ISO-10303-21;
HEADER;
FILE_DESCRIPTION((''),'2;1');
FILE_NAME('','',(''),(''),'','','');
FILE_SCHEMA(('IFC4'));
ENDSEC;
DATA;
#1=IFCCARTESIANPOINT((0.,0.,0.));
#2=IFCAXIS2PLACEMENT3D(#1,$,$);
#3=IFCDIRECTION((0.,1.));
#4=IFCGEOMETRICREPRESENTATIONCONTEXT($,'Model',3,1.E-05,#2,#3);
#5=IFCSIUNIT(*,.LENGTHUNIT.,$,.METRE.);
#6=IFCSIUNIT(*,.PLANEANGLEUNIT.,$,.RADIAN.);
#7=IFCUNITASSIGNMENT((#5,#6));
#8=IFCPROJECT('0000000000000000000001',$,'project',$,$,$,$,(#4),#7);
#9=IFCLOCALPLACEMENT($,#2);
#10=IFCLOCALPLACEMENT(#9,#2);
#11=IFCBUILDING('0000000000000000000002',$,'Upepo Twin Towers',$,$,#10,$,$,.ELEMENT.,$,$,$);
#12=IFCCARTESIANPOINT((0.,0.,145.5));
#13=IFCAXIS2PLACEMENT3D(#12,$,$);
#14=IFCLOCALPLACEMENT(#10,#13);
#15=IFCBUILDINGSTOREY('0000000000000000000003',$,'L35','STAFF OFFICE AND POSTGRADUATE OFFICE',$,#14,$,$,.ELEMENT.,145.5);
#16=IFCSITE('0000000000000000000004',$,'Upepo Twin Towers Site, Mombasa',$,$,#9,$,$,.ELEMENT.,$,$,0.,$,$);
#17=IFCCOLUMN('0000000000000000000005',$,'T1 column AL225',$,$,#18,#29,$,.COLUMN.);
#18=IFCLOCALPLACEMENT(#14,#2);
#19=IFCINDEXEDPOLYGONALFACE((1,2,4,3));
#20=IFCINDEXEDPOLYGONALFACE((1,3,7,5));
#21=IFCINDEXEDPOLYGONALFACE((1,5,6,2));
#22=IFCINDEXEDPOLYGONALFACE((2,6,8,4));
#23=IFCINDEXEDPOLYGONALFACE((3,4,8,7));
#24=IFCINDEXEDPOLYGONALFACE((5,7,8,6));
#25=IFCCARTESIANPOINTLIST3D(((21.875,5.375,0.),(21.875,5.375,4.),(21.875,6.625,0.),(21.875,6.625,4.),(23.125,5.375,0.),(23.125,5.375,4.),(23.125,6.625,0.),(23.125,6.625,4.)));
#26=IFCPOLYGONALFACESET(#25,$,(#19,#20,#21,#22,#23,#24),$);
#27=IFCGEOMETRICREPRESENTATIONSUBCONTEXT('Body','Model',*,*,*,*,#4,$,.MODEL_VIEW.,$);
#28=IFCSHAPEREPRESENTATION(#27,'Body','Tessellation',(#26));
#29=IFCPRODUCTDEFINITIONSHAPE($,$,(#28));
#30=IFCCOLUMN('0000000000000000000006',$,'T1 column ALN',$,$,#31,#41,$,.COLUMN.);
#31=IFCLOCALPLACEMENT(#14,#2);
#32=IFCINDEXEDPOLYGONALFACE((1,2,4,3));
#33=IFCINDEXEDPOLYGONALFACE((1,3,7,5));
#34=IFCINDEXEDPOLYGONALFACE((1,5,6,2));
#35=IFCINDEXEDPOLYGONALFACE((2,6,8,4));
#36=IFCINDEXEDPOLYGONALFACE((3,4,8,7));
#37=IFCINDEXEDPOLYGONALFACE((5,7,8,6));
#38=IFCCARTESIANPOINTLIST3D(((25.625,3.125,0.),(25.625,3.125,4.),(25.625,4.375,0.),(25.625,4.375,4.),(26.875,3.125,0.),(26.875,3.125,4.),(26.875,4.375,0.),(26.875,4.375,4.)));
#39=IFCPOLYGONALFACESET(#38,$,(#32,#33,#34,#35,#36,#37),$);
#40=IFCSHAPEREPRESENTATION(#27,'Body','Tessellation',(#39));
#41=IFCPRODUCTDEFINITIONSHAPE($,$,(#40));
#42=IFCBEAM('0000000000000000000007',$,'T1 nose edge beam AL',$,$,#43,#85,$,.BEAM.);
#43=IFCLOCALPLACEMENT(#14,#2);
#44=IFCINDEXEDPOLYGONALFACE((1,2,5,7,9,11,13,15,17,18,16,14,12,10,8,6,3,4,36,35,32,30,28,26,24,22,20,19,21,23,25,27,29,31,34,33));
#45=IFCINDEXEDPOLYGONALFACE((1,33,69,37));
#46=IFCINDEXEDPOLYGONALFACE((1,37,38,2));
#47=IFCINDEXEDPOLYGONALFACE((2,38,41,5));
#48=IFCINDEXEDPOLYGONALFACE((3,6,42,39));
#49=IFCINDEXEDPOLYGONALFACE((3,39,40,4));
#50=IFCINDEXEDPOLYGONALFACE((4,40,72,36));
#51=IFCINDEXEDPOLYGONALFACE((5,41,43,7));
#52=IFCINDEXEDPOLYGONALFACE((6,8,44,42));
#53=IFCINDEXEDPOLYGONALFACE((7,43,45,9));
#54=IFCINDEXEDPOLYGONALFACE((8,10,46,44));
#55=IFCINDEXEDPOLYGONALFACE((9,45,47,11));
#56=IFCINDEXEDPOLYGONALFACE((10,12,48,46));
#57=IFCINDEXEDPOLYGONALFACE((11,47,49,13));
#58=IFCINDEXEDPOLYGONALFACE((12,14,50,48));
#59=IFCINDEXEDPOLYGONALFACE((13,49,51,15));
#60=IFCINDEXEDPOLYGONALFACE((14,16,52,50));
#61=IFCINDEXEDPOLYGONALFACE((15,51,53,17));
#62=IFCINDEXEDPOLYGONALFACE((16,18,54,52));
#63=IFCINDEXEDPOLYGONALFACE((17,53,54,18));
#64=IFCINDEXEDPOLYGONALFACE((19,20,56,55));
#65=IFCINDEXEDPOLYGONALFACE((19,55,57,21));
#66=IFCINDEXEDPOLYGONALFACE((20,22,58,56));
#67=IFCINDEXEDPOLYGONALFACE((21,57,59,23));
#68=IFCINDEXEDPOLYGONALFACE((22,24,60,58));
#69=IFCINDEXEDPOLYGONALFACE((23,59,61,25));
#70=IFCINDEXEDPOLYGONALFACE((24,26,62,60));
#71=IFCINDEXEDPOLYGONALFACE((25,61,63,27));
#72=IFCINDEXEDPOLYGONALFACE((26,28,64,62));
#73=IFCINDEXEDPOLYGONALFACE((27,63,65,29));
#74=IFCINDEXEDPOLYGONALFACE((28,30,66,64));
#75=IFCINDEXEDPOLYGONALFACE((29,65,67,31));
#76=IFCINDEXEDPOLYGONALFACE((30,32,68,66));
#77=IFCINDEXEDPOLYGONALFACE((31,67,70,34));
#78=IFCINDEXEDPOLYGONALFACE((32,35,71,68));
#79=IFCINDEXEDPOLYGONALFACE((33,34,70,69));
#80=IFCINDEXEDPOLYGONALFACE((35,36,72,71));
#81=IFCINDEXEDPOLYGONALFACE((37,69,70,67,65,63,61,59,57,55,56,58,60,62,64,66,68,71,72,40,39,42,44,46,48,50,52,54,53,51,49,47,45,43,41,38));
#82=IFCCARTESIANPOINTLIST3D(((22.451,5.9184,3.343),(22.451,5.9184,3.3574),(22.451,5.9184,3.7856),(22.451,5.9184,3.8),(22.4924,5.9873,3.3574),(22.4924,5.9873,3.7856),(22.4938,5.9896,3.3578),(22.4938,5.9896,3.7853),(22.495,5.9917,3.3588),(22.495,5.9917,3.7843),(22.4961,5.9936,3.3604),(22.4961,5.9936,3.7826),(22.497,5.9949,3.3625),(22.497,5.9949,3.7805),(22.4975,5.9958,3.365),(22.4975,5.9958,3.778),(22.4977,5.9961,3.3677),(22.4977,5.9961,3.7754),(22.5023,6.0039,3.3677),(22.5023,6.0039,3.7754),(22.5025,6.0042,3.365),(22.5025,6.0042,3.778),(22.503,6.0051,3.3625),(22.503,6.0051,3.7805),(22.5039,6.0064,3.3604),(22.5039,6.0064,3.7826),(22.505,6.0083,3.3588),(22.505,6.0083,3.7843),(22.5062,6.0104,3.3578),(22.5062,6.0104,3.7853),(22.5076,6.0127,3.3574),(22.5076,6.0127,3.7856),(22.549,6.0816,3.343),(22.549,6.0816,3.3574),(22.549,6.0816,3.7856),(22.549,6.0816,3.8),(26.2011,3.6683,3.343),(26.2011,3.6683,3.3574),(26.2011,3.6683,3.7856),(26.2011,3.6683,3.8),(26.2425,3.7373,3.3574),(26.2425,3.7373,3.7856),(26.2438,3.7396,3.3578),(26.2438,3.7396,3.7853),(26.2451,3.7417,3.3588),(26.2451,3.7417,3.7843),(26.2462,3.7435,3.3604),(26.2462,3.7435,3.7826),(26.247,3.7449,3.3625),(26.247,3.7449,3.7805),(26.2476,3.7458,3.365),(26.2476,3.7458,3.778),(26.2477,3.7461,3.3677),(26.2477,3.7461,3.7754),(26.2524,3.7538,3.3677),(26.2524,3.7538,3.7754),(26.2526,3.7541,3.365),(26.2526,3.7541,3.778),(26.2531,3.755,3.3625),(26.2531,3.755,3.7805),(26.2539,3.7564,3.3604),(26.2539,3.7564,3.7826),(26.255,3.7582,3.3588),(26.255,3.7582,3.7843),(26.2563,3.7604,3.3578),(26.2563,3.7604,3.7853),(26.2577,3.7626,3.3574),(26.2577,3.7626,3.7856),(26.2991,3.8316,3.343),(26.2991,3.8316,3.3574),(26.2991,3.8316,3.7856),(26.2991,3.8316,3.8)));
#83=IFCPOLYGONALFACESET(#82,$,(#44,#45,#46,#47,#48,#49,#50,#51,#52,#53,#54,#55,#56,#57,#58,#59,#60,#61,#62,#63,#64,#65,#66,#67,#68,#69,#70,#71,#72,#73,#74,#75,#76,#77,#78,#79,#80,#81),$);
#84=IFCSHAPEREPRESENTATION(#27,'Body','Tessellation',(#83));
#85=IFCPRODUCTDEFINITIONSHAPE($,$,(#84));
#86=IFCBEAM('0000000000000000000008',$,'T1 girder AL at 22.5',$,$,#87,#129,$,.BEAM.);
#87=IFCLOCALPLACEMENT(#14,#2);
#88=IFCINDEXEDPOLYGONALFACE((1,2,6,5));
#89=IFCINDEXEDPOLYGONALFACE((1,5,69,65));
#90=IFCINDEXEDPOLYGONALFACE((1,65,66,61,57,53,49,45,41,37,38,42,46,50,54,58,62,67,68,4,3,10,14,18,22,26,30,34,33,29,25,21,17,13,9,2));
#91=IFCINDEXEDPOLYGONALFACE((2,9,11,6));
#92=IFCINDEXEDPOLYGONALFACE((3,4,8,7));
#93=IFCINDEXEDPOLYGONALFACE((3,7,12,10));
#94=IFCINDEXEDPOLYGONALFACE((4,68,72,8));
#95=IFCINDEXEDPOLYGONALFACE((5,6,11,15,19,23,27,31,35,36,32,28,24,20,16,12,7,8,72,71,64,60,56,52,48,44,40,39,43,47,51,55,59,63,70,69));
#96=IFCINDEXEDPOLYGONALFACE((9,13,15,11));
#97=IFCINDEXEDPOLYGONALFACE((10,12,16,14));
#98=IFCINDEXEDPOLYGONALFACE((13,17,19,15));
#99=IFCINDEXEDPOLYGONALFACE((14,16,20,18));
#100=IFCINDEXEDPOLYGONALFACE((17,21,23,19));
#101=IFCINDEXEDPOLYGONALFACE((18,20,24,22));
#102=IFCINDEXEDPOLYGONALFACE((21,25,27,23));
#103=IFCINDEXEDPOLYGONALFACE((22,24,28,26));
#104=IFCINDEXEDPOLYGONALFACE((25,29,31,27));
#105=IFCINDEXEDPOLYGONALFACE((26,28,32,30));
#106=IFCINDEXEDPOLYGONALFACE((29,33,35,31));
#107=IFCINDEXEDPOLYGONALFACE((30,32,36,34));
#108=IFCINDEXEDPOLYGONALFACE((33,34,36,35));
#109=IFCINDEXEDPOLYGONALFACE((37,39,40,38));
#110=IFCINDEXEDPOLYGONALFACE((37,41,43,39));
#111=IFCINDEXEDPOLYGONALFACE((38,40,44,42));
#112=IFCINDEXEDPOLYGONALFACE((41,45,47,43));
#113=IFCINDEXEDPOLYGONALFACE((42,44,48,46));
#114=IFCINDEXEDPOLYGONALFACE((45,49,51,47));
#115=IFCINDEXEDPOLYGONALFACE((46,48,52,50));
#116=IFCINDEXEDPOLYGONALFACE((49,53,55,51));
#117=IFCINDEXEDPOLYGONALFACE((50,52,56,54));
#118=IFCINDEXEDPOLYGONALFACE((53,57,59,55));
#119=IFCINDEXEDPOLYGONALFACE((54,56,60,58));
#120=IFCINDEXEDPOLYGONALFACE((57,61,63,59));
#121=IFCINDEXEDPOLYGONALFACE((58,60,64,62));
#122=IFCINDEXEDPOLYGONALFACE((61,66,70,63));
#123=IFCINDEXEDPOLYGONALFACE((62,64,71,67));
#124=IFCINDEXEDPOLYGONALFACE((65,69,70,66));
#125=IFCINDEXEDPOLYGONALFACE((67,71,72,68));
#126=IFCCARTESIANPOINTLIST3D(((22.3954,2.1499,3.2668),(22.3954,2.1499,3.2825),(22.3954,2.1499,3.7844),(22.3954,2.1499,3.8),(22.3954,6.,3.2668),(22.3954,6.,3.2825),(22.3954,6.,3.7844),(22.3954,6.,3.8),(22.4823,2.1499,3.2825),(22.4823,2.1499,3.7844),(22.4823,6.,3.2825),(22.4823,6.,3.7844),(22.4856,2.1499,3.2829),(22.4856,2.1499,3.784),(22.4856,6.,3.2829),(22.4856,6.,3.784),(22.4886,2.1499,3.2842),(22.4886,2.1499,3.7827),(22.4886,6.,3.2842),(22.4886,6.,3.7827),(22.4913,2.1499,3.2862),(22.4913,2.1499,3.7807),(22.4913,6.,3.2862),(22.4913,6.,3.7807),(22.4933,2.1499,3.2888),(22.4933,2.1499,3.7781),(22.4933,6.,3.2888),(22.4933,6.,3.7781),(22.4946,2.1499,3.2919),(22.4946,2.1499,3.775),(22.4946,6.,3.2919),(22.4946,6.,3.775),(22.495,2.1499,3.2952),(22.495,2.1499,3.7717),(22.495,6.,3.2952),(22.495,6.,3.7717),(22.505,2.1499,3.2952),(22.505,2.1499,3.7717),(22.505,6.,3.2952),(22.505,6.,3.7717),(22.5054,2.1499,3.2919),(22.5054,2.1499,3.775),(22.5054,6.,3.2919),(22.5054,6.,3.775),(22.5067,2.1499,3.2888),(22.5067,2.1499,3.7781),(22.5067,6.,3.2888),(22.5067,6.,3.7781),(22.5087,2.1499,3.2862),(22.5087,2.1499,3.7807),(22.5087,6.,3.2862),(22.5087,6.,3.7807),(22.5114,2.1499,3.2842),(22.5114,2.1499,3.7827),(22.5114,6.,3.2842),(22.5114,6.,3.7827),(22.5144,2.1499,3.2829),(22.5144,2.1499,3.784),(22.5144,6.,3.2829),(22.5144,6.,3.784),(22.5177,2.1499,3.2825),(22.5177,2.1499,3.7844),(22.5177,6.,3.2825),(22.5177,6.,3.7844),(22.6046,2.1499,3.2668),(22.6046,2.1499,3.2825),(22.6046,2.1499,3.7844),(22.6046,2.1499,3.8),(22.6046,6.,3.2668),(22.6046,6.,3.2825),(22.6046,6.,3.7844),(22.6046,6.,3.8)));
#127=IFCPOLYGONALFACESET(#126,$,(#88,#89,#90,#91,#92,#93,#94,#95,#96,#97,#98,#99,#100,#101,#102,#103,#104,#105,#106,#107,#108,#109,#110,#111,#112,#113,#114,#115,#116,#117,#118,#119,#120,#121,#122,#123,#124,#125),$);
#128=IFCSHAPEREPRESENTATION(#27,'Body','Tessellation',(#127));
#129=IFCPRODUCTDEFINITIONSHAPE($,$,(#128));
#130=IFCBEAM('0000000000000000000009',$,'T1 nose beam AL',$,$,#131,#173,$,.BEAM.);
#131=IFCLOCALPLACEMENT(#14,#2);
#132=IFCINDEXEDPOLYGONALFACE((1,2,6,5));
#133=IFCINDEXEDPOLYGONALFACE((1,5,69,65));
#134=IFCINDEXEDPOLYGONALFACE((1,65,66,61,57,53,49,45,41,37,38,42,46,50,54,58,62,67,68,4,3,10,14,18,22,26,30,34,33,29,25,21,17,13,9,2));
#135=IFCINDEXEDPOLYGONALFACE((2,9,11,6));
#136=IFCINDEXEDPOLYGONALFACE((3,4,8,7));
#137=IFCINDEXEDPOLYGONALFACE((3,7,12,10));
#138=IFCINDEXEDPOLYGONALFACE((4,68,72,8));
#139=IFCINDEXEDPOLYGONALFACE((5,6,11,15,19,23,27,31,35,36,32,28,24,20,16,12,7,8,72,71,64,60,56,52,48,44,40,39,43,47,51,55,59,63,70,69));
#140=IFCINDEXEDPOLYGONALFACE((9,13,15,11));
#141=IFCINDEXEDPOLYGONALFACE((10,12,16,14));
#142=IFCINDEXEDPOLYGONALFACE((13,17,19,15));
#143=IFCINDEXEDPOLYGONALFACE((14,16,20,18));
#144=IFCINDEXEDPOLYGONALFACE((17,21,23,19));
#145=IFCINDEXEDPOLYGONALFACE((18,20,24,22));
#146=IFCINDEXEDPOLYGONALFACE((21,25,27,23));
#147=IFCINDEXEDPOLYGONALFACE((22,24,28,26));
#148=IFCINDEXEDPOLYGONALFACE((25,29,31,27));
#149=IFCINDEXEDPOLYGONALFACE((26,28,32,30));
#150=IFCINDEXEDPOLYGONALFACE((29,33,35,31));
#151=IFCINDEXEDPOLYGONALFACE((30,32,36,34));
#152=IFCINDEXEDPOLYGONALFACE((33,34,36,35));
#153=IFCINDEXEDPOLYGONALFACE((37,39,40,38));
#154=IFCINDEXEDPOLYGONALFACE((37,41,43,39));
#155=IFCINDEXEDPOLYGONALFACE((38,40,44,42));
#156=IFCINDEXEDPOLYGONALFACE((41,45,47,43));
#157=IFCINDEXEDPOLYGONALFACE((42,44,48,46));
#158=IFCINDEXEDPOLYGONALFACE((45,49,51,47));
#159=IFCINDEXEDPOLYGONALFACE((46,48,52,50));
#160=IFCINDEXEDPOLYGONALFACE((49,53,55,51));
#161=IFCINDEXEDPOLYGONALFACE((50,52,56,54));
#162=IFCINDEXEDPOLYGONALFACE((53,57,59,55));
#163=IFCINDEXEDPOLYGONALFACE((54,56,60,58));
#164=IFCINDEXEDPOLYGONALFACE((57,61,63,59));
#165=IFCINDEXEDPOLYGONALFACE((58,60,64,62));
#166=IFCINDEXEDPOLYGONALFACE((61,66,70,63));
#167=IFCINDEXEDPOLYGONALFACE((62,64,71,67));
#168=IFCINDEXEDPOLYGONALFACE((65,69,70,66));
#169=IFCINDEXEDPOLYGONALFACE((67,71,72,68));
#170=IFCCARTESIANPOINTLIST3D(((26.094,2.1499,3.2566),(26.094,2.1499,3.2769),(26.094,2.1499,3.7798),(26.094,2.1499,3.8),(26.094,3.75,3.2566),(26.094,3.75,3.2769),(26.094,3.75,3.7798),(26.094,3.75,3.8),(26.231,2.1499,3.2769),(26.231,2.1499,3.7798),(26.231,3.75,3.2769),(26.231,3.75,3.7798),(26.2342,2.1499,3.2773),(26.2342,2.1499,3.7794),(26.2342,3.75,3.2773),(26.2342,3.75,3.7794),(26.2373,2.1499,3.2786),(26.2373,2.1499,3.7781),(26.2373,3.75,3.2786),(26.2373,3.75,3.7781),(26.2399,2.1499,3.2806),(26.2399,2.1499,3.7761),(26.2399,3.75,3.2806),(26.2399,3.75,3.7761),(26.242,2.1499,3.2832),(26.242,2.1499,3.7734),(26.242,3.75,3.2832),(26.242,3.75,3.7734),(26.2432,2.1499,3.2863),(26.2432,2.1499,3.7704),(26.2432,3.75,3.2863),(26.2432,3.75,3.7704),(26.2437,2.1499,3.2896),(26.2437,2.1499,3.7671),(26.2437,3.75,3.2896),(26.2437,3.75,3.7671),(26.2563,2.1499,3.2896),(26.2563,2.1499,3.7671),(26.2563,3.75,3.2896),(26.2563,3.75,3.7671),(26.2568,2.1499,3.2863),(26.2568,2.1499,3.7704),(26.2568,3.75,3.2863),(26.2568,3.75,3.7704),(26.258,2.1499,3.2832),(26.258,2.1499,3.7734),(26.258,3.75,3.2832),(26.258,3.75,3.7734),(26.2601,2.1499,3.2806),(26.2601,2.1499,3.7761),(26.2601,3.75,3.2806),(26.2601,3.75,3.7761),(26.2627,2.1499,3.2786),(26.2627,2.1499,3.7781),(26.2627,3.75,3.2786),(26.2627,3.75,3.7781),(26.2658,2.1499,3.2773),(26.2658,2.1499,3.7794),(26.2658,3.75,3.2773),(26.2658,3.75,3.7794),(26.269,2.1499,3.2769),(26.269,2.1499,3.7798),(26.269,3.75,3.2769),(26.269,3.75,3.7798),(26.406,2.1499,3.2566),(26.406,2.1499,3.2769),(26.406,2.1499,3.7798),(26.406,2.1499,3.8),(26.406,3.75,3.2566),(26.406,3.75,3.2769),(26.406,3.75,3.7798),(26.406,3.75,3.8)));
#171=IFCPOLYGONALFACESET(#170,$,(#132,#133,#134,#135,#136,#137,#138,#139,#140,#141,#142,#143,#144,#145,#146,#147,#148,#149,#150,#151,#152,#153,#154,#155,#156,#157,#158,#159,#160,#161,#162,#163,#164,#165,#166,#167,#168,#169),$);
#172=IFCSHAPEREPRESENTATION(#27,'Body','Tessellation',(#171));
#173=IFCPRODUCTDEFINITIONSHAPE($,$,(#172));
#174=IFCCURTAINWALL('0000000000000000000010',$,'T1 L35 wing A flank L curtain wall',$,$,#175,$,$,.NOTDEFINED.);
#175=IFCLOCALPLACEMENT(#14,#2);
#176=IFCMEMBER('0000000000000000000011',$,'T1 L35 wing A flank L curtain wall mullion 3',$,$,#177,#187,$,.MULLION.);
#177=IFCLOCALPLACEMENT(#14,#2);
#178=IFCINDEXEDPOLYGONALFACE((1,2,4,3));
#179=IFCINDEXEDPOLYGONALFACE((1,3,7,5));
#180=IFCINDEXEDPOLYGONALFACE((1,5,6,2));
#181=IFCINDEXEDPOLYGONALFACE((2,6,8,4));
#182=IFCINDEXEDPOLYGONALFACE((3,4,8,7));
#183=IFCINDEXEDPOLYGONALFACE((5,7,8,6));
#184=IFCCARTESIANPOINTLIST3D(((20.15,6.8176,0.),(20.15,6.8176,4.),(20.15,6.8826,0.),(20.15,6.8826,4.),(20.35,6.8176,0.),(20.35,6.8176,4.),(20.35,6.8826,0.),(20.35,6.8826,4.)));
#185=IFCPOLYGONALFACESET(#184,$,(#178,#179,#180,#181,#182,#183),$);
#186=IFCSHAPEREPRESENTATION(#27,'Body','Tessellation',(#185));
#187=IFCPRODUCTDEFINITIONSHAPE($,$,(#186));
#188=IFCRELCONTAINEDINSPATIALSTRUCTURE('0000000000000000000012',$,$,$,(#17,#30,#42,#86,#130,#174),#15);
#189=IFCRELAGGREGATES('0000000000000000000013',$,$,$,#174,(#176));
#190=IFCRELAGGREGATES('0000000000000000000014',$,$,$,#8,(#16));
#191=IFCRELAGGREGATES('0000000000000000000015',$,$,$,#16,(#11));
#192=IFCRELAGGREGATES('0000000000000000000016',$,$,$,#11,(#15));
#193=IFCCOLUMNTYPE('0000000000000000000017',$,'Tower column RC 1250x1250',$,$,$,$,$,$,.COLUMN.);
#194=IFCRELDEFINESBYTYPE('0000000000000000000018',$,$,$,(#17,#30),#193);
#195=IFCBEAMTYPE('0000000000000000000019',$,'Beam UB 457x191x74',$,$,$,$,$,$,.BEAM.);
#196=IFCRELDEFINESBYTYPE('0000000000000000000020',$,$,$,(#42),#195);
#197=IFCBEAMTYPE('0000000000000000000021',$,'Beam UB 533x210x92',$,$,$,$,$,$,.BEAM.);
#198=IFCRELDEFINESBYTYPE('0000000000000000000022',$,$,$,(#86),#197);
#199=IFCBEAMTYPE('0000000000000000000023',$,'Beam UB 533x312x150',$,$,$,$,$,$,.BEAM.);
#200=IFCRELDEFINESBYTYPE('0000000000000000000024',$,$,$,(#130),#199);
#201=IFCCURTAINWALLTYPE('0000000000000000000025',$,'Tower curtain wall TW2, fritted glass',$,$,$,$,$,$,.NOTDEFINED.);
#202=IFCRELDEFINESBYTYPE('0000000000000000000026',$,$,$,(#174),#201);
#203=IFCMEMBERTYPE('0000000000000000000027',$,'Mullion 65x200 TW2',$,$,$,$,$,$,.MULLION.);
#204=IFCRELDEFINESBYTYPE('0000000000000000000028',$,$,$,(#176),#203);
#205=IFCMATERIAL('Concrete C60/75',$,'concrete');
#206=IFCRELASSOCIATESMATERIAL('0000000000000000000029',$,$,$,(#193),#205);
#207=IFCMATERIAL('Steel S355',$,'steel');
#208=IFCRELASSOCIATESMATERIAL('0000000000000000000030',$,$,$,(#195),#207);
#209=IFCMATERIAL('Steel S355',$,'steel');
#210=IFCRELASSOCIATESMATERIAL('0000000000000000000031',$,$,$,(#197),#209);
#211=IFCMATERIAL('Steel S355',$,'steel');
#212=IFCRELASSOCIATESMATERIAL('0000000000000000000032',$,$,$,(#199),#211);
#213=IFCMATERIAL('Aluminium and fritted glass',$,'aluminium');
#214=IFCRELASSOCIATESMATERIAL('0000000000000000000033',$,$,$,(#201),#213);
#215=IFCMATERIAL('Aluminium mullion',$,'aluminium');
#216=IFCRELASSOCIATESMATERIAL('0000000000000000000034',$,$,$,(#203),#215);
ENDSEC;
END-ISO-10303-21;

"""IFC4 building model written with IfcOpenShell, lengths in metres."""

from ifc_helpers import new_model, si_unit, direction, frame, origin, origin_2d, place, context, subcontext, project, spatial, rectangle, i_section, extrude, material, material_profile, profile_set, type_object, element, aggregate, save


model = new_model("IFC4")

# Units and contexts
model_context = context("Model", 3, precision=1e-05, world=origin(), true_north=direction((0.0, 1.0)))
body_context = subcontext(model_context, "Body", "Model", "MODEL_VIEW")
ifc_project = project(units=[si_unit("LENGTHUNIT", "METRE"), si_unit("PLANEANGLEUNIT", "RADIAN")], contexts=[model_context])

# Site, building, storey
site_placement = place(None, origin())
site = spatial("IfcSite", under=ifc_project, at=site_placement, Name="Upepo Twin Towers Site, Mombasa", CompositionType="ELEMENT", RefElevation=0.0)
building_placement = place(site_placement, origin())
building = spatial("IfcBuilding", under=site, at=building_placement, Name="Upepo Twin Towers", CompositionType="ELEMENT")
storey_placement = place(building_placement, frame((0.0, 0.0, 145.5)))
storey = spatial("IfcBuildingStorey", under=building, at=storey_placement, Name="L35", Description="STAFF OFFICE AND POSTGRADUATE OFFICE", CompositionType="ELEMENT", Elevation=145.5)

# Columns
ifc_material_1 = material(Name="Concrete C60/75", Category="concrete")
ifc_material_profile_1 = material_profile(ifc_material_1, rectangle(XDim=1.25, YDim=1.25, at=origin_2d()), Name="RC 1250x1250")
ifc_profile_set_1 = profile_set([ifc_material_profile_1], Name="Concrete C60/75")
column_type = type_object("IfcColumnType", Name="Tower column RC 1250x1250", PredefinedType="COLUMN", material=ifc_profile_set_1)
for number, where, z_axis, x_axis, name in (
    (1, (22.5, 6.0, 0.0), (0.0, 0.0, 1.0), (1.0, 0.0, 0.0), "T1 column AL225"),
    (2, (26.25, 3.75, 0.0), (0.0, 0.0, 1.0), (1.0, 0.0, 0.0), "T1 column ALN"),
):
    element("IfcColumn", number, at=place(storey_placement, frame(where, z_axis=z_axis, x_axis=x_axis)), inside=storey, type_object=column_type, Name=name, PredefinedType="COLUMN", context=body_context, shape_type="SweptSolid", body=[
        extrude(rectangle(XDim=1.25, YDim=1.25, at=origin_2d()), origin(), (0.0, 0.0, 1.0), 4.0),
    ])

# Beams
ifc_material_2 = material(Name="Steel S355", Category="steel")
ifc_material_profile_2 = material_profile(ifc_material_2, i_section(OverallWidth=0.1904, OverallDepth=0.457, WebThickness=0.009, FlangeThickness=0.0144, FilletRadius=0.0103, at=origin_2d()), Name="UB 457x191x74")
ifc_profile_set_2 = profile_set([ifc_material_profile_2], Name="Steel S355")
beam_type_1 = type_object("IfcBeamType", Name="Beam UB 457x191x74", PredefinedType="BEAM", material=ifc_profile_set_2)
beam_1_placement = place(storey_placement, frame((22.5, 6.0, 3.5715), z_axis=(0.857493, -0.514496, 0.0), x_axis=(0.514496, 0.857493, 0.0)))
element("IfcBeam", 3, at=beam_1_placement, inside=storey, type_object=beam_type_1, Name="T1 nose edge beam AL", PredefinedType="BEAM", context=body_context, shape_type="SweptSolid", body=[
    extrude(i_section(OverallWidth=0.1904, OverallDepth=0.457, WebThickness=0.009, FlangeThickness=0.0144, FilletRadius=0.0103, at=origin_2d()), origin(), (0.0, 0.0, 1.0), 4.3733),
])
ifc_material_3 = material(Name="Steel S355", Category="steel")
ifc_material_profile_3 = material_profile(ifc_material_3, i_section(OverallWidth=0.2092, OverallDepth=0.5332, WebThickness=0.01, FlangeThickness=0.0156, FilletRadius=0.0127, at=origin_2d()), Name="UB 533x210x92")
ifc_profile_set_3 = profile_set([ifc_material_profile_3], Name="Steel S355")
beam_type_2 = type_object("IfcBeamType", Name="Beam UB 533x210x92", PredefinedType="BEAM", material=ifc_profile_set_3)
beam_2_placement = place(storey_placement, frame((22.5, 6.0, 3.5334), z_axis=(0.0, -1.0, 0.0), x_axis=(1.0, 0.0, 0.0)))
element("IfcBeam", 4, at=beam_2_placement, inside=storey, type_object=beam_type_2, Name="T1 girder AL at 22.5", PredefinedType="BEAM", context=body_context, shape_type="SweptSolid", body=[
    extrude(i_section(OverallWidth=0.2092, OverallDepth=0.5332, WebThickness=0.01, FlangeThickness=0.0156, FilletRadius=0.0127, at=origin_2d()), origin(), (0.0, 0.0, 1.0), 3.8501),
])
ifc_material_4 = material(Name="Steel S355", Category="steel")
ifc_material_profile_4 = material_profile(ifc_material_4, i_section(OverallWidth=0.312, OverallDepth=0.5435, WebThickness=0.0127, FlangeThickness=0.0203, FilletRadius=0.0127, at=origin_2d()), Name="UB 533x312x150")
ifc_profile_set_4 = profile_set([ifc_material_profile_4], Name="Steel S355")
beam_type_3 = type_object("IfcBeamType", Name="Beam UB 533x312x150", PredefinedType="BEAM", material=ifc_profile_set_4)
beam_3_placement = place(storey_placement, frame((26.25, 3.75, 3.5283), z_axis=(0.0, -1.0, 0.0), x_axis=(1.0, 0.0, 0.0)))
element("IfcBeam", 5, at=beam_3_placement, inside=storey, type_object=beam_type_3, Name="T1 nose beam AL", PredefinedType="BEAM", context=body_context, shape_type="SweptSolid", body=[
    extrude(i_section(OverallWidth=0.312, OverallDepth=0.5435, WebThickness=0.0127, FlangeThickness=0.0203, FilletRadius=0.0127, at=origin_2d()), origin(), (0.0, 0.0, 1.0), 1.6001),
])

# Curtain wall, member
ifc_material_5 = material(Name="Aluminium and fritted glass", Category="aluminium")
curtain_wall_type = type_object("IfcCurtainWallType", Name="Tower curtain wall TW2, fritted glass", PredefinedType="NOTDEFINED", material=ifc_material_5)
curtain_wall_1_placement = place(storey_placement, origin())
curtain_wall_1 = element("IfcCurtainWall", 6, at=curtain_wall_1_placement, inside=storey, type_object=curtain_wall_type, Name="T1 L35 wing A flank L curtain wall", PredefinedType="NOTDEFINED")
ifc_material_6 = material(Name="Aluminium mullion", Category="aluminium")
ifc_material_profile_5 = material_profile(ifc_material_6, rectangle(XDim=0.0649, YDim=0.2, at=origin_2d()), Name="MULLION 65x200")
ifc_profile_set_5 = profile_set([ifc_material_profile_5], Name="Aluminium mullion")
member_type_1 = type_object("IfcMemberType", Name="Mullion 65x200 TW2", PredefinedType="MULLION", material=ifc_profile_set_5)
member_1_placement = place(storey_placement, frame((20.25, 6.8501, 0.0), z_axis=(0.0, 0.0, 1.0), x_axis=(0.0, 1.0, 0.0)))
member_1 = element("IfcMember", 7, at=member_1_placement, type_object=member_type_1, Name="T1 L35 wing A flank L curtain wall mullion 3", PredefinedType="MULLION", context=body_context, shape_type="SweptSolid", body=[
    extrude(rectangle(XDim=0.0649, YDim=0.2, at=origin_2d()), origin(), (0.0, 0.0, 1.0), 4.0),
])

aggregate(curtain_wall_1, [member_1])

save(model, "model.ifc")
